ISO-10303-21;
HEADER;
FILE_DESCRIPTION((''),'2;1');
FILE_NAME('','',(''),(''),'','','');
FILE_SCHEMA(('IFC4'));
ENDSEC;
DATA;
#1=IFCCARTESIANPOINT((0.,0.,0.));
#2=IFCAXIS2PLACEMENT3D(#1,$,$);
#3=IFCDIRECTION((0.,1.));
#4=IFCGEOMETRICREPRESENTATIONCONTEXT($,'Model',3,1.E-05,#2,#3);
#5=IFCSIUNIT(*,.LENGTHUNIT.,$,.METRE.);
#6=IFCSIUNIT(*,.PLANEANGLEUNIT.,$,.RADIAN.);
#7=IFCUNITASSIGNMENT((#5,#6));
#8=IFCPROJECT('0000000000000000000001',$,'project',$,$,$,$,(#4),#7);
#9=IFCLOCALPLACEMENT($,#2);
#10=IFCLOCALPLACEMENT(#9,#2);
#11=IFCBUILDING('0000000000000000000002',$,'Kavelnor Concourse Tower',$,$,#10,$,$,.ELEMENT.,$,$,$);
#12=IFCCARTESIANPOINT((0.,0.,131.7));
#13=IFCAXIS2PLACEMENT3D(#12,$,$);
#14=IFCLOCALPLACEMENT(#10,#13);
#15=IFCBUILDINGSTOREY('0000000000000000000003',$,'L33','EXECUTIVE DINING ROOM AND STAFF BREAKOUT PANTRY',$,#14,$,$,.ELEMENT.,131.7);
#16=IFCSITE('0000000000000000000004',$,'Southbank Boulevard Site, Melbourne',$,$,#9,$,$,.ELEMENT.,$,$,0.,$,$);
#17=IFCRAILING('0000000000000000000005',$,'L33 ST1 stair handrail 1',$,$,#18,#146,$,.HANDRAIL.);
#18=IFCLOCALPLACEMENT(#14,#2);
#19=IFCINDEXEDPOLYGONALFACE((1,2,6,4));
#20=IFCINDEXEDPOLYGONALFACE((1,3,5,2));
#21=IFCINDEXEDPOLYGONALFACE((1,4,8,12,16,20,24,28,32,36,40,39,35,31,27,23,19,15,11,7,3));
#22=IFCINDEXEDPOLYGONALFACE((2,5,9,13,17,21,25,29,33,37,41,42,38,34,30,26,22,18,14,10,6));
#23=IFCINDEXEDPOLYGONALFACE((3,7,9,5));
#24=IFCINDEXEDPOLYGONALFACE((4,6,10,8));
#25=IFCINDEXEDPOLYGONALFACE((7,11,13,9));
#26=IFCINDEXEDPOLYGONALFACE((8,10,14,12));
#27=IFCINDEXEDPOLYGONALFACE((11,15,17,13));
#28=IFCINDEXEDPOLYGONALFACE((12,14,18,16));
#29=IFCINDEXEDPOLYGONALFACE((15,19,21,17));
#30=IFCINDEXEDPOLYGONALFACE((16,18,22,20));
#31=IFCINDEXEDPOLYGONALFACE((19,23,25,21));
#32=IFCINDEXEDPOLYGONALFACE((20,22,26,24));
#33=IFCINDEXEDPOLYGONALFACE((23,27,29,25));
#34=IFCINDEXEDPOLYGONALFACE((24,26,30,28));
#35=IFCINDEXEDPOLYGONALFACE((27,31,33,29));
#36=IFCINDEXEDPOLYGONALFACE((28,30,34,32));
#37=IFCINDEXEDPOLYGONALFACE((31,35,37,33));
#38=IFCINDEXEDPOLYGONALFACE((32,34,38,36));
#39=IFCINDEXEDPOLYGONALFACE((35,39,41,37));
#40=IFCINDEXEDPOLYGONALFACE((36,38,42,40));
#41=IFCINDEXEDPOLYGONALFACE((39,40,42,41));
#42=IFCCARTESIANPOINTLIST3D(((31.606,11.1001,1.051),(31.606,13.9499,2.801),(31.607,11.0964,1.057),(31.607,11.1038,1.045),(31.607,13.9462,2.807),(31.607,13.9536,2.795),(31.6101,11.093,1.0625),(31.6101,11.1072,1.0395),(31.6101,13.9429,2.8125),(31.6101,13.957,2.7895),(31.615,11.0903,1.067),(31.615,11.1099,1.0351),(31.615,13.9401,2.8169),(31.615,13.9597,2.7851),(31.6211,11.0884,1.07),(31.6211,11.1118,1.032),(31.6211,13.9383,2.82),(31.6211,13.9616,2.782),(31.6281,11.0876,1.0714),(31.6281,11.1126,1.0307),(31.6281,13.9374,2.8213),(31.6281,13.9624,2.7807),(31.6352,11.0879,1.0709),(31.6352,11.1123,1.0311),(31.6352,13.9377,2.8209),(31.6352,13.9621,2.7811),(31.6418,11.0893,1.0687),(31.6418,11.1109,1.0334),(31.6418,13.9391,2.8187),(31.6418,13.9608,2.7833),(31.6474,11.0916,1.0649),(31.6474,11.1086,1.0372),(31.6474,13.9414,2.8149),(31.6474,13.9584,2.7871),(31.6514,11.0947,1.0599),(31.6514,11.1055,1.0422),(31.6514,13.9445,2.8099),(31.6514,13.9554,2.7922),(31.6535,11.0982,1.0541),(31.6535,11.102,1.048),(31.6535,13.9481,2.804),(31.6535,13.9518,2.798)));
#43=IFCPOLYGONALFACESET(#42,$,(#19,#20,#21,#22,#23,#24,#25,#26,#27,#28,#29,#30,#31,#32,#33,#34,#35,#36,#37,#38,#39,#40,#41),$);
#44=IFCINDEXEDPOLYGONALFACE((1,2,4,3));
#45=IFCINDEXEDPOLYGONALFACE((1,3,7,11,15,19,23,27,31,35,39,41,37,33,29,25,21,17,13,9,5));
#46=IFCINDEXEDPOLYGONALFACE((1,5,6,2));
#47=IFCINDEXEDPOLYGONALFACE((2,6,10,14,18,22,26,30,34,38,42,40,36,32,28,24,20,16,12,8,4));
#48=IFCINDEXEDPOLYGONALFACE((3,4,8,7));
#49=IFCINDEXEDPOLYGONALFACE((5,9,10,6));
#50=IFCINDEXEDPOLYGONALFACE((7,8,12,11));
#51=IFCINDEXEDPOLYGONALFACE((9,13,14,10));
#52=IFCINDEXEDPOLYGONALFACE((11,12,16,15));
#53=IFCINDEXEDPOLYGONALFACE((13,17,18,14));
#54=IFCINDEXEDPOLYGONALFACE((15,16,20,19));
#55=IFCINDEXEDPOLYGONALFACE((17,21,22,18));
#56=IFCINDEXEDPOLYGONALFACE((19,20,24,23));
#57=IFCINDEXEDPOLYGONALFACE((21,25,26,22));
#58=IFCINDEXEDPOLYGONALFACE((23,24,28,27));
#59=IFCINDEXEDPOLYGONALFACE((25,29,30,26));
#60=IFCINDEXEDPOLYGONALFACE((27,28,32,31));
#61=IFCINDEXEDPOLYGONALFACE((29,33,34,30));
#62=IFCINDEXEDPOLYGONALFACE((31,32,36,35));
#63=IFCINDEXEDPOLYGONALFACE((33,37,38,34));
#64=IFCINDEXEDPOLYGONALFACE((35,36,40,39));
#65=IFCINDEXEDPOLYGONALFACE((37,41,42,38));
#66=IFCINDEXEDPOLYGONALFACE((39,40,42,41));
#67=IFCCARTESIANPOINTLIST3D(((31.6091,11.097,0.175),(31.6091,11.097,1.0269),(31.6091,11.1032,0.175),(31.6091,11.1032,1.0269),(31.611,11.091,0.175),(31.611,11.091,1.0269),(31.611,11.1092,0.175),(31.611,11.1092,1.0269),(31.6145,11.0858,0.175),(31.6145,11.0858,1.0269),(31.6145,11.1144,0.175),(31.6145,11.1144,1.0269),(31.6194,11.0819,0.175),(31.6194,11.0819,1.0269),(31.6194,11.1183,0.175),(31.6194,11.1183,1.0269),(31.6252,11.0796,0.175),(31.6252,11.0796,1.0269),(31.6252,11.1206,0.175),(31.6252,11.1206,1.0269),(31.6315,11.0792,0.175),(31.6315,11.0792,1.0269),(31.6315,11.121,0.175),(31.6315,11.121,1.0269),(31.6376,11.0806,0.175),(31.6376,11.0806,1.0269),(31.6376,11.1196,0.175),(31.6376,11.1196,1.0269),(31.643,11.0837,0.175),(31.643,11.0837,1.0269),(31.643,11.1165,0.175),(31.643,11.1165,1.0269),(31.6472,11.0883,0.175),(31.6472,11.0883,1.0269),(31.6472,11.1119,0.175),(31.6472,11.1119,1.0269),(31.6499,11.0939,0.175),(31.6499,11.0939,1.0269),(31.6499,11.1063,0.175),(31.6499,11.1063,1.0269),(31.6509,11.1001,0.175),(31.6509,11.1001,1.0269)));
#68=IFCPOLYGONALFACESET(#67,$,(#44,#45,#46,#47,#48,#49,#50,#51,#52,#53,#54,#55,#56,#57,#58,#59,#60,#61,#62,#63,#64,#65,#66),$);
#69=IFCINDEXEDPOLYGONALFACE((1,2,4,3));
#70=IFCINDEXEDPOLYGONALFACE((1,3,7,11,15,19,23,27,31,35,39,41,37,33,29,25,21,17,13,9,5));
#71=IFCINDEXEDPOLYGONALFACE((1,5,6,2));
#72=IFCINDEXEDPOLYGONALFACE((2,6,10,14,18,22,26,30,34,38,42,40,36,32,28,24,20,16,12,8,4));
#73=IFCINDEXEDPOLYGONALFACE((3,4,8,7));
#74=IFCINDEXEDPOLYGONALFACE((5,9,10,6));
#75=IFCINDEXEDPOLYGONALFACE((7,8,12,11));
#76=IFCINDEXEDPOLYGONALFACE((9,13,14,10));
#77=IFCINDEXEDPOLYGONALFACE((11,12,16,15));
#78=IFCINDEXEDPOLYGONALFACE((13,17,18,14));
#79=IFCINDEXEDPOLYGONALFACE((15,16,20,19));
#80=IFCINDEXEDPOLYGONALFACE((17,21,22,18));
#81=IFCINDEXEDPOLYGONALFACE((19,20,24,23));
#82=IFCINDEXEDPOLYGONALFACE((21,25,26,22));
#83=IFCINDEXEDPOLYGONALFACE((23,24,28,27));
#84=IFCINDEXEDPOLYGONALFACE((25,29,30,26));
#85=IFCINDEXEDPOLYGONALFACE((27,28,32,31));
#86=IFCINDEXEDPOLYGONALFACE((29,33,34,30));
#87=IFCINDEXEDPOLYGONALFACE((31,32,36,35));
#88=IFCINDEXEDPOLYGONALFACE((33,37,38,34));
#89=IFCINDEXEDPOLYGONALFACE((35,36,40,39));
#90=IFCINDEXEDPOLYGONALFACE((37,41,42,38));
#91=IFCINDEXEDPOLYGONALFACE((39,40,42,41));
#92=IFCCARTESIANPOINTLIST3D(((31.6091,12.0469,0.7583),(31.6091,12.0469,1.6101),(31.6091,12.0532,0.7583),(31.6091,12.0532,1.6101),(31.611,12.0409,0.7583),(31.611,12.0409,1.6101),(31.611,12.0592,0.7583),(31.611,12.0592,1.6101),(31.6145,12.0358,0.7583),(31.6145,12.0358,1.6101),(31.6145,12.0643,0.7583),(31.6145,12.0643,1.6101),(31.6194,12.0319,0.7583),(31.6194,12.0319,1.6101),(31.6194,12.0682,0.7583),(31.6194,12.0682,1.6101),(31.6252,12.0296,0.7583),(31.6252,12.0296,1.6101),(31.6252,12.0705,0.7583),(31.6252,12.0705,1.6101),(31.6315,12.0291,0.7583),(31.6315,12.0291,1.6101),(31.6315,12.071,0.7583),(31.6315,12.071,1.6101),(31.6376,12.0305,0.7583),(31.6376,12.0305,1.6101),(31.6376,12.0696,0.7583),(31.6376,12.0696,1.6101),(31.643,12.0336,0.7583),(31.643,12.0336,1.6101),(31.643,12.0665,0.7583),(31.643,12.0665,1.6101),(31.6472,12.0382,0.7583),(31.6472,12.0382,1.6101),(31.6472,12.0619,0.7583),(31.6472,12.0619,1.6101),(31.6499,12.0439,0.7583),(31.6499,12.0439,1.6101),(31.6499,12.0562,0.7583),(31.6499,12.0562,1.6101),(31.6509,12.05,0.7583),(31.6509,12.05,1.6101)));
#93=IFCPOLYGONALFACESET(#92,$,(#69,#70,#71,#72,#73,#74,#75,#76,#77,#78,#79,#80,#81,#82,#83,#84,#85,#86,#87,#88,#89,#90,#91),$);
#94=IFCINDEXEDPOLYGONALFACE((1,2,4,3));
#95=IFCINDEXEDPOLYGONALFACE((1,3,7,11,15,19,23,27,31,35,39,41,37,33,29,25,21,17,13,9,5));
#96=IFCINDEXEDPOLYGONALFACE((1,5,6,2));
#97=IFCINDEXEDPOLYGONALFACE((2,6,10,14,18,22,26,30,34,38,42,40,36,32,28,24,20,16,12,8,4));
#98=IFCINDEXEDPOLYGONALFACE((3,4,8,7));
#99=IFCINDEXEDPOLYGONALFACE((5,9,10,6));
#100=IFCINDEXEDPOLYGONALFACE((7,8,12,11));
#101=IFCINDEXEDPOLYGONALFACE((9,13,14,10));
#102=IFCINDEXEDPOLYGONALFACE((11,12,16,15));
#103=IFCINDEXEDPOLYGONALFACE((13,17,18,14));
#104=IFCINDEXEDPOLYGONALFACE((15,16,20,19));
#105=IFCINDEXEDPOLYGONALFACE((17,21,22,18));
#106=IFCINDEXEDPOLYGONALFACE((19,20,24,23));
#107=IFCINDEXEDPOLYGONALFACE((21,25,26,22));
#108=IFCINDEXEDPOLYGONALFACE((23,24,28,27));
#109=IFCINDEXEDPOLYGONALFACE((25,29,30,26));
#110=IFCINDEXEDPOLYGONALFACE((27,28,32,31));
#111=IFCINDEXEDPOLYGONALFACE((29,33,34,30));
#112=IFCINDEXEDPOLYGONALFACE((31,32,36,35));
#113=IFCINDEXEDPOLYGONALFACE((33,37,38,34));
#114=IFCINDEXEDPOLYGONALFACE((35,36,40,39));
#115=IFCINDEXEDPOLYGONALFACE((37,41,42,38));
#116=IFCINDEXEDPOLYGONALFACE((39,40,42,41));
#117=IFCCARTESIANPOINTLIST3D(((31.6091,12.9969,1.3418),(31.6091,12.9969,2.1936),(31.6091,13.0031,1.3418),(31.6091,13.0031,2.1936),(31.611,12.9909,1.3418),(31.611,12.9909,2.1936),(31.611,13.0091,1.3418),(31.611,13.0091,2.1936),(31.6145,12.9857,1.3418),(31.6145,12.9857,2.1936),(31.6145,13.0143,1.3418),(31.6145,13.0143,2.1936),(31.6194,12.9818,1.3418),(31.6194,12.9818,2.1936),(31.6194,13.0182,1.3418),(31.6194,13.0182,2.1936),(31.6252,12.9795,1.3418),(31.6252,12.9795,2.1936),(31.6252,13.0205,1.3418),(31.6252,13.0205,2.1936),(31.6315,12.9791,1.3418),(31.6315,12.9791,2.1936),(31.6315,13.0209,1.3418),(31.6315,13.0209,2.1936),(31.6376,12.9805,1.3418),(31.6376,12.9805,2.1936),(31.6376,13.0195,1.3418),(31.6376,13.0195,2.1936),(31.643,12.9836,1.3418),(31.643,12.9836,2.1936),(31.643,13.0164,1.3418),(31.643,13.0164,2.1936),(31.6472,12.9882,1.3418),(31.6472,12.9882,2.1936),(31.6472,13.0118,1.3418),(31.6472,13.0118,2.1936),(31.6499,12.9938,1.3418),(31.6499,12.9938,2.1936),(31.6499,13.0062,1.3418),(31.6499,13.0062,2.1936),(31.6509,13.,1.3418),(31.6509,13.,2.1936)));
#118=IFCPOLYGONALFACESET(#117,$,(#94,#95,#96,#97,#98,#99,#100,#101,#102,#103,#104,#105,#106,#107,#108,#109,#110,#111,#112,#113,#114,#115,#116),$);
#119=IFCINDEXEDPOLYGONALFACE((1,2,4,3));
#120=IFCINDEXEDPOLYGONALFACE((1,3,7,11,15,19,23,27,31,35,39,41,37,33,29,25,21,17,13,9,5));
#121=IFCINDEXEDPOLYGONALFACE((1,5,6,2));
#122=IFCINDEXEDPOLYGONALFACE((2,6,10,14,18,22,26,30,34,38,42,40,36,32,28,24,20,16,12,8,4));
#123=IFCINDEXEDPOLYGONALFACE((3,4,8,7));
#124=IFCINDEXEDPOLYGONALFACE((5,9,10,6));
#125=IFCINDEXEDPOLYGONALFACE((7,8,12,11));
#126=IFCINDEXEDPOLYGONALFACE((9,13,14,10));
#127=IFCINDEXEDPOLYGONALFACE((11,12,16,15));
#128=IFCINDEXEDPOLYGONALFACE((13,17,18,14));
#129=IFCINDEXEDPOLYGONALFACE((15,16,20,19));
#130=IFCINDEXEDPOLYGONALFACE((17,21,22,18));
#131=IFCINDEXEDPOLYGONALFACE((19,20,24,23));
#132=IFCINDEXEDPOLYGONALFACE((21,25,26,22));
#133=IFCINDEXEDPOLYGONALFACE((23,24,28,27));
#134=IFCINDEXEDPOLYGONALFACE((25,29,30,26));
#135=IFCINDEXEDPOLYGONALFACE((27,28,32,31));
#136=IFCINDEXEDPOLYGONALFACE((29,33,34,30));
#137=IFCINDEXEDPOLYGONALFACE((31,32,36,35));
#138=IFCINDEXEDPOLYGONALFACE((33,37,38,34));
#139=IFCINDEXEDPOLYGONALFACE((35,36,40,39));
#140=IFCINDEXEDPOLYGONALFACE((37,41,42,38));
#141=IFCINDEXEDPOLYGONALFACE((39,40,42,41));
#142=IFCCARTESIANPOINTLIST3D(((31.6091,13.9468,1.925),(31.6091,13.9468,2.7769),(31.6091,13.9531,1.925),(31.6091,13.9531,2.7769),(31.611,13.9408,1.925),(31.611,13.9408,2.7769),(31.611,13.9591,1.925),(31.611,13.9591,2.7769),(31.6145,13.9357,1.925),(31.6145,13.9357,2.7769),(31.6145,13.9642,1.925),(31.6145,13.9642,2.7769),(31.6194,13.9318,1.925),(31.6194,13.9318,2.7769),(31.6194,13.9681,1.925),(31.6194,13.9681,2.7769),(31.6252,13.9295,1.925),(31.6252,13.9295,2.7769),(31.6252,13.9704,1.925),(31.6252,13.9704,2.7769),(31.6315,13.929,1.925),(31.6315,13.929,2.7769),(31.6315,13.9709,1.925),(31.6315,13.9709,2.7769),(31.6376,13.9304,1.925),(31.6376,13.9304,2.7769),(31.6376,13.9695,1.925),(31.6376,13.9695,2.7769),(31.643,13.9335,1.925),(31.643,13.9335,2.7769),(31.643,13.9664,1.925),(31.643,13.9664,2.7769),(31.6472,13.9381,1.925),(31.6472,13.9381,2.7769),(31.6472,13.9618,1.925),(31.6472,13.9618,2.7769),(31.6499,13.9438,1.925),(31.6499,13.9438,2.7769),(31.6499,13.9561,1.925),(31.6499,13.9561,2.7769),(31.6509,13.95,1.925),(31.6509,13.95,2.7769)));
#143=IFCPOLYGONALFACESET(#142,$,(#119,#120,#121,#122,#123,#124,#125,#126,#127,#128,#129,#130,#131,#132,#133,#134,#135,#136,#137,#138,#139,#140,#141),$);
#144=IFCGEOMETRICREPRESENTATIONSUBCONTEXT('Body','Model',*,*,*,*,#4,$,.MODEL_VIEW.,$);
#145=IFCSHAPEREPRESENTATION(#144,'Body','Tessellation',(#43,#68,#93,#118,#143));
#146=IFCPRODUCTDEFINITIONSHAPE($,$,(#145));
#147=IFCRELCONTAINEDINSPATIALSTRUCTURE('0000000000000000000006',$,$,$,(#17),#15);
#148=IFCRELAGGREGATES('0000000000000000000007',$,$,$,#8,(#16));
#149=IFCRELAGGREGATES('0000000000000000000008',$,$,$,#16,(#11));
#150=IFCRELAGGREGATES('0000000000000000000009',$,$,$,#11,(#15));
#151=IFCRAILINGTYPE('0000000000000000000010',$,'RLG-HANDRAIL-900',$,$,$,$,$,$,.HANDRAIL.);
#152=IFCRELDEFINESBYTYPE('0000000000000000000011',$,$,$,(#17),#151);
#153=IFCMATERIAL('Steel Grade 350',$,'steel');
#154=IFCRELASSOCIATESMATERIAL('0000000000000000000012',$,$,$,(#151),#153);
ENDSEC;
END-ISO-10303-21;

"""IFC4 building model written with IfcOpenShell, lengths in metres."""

from ifc_helpers import new_model, si_unit, direction, frame, origin, origin_2d, place, context, subcontext, project, spatial, circle, extrude, material, type_object, element, save


model = new_model("IFC4")

# Units and contexts
model_context = context("Model", 3, precision=1e-05, world=origin(), true_north=direction((0.0, 1.0)))
body_context = subcontext(model_context, "Body", "Model", "MODEL_VIEW")
ifc_project = project(units=[si_unit("LENGTHUNIT", "METRE"), si_unit("PLANEANGLEUNIT", "RADIAN")], contexts=[model_context])

# Site, building, storey
site_placement = place(None, origin())
site = spatial("IfcSite", under=ifc_project, at=site_placement, Name="Southbank Boulevard Site, Melbourne", CompositionType="ELEMENT", RefElevation=0.0)
building_placement = place(site_placement, origin())
building = spatial("IfcBuilding", under=site, at=building_placement, Name="Kavelnor Concourse Tower", CompositionType="ELEMENT")
storey_placement = place(building_placement, frame((0.0, 0.0, 131.7)))
storey = spatial("IfcBuildingStorey", under=building, at=storey_placement, Name="L33", Description="EXECUTIVE DINING ROOM AND STAFF BREAKOUT PANTRY", CompositionType="ELEMENT", Elevation=131.7)

# Shared definitions
ifc_material_1 = material(Name="Steel Grade 350", Category="steel")

# Railing
railing_type_1 = type_object("IfcRailingType", Name="RLG-HANDRAIL-900", PredefinedType="HANDRAIL", material=ifc_material_1)
railing_1_placement = place(storey_placement, frame((31.6299, 11.1001, 0.175)))
element("IfcRailing", 1, at=railing_1_placement, inside=storey, type_object=railing_type_1, Name="L33 ST1 stair handrail 1", PredefinedType="HANDRAIL", context=body_context, shape_type="SweptSolid", body=[
    extrude(circle(Radius=0.0239, at=origin_2d()), frame((0.0, 0.0, 0.876), z_axis=(0.0, 0.852159, 0.523283), x_axis=(-1.0, 0.0, 0.0)), (0.0, 0.0, 1.0), 3.3442),
    extrude(circle(Radius=0.021, at=origin_2d()), origin(), (0.0, 0.0, 1.0), 0.8518),
    extrude(circle(Radius=0.021, at=origin_2d()), frame((0.0, 0.95, 0.5833)), (0.0, 0.0, 1.0), 0.8518),
    extrude(circle(Radius=0.021, at=origin_2d()), frame((0.0, 1.8999, 1.1667)), (0.0, 0.0, 1.0), 0.8518),
    extrude(circle(Radius=0.021, at=origin_2d()), frame((0.0, 2.8499, 1.75)), (0.0, 0.0, 1.0), 0.8518),
])

save(model, "model.ifc")
